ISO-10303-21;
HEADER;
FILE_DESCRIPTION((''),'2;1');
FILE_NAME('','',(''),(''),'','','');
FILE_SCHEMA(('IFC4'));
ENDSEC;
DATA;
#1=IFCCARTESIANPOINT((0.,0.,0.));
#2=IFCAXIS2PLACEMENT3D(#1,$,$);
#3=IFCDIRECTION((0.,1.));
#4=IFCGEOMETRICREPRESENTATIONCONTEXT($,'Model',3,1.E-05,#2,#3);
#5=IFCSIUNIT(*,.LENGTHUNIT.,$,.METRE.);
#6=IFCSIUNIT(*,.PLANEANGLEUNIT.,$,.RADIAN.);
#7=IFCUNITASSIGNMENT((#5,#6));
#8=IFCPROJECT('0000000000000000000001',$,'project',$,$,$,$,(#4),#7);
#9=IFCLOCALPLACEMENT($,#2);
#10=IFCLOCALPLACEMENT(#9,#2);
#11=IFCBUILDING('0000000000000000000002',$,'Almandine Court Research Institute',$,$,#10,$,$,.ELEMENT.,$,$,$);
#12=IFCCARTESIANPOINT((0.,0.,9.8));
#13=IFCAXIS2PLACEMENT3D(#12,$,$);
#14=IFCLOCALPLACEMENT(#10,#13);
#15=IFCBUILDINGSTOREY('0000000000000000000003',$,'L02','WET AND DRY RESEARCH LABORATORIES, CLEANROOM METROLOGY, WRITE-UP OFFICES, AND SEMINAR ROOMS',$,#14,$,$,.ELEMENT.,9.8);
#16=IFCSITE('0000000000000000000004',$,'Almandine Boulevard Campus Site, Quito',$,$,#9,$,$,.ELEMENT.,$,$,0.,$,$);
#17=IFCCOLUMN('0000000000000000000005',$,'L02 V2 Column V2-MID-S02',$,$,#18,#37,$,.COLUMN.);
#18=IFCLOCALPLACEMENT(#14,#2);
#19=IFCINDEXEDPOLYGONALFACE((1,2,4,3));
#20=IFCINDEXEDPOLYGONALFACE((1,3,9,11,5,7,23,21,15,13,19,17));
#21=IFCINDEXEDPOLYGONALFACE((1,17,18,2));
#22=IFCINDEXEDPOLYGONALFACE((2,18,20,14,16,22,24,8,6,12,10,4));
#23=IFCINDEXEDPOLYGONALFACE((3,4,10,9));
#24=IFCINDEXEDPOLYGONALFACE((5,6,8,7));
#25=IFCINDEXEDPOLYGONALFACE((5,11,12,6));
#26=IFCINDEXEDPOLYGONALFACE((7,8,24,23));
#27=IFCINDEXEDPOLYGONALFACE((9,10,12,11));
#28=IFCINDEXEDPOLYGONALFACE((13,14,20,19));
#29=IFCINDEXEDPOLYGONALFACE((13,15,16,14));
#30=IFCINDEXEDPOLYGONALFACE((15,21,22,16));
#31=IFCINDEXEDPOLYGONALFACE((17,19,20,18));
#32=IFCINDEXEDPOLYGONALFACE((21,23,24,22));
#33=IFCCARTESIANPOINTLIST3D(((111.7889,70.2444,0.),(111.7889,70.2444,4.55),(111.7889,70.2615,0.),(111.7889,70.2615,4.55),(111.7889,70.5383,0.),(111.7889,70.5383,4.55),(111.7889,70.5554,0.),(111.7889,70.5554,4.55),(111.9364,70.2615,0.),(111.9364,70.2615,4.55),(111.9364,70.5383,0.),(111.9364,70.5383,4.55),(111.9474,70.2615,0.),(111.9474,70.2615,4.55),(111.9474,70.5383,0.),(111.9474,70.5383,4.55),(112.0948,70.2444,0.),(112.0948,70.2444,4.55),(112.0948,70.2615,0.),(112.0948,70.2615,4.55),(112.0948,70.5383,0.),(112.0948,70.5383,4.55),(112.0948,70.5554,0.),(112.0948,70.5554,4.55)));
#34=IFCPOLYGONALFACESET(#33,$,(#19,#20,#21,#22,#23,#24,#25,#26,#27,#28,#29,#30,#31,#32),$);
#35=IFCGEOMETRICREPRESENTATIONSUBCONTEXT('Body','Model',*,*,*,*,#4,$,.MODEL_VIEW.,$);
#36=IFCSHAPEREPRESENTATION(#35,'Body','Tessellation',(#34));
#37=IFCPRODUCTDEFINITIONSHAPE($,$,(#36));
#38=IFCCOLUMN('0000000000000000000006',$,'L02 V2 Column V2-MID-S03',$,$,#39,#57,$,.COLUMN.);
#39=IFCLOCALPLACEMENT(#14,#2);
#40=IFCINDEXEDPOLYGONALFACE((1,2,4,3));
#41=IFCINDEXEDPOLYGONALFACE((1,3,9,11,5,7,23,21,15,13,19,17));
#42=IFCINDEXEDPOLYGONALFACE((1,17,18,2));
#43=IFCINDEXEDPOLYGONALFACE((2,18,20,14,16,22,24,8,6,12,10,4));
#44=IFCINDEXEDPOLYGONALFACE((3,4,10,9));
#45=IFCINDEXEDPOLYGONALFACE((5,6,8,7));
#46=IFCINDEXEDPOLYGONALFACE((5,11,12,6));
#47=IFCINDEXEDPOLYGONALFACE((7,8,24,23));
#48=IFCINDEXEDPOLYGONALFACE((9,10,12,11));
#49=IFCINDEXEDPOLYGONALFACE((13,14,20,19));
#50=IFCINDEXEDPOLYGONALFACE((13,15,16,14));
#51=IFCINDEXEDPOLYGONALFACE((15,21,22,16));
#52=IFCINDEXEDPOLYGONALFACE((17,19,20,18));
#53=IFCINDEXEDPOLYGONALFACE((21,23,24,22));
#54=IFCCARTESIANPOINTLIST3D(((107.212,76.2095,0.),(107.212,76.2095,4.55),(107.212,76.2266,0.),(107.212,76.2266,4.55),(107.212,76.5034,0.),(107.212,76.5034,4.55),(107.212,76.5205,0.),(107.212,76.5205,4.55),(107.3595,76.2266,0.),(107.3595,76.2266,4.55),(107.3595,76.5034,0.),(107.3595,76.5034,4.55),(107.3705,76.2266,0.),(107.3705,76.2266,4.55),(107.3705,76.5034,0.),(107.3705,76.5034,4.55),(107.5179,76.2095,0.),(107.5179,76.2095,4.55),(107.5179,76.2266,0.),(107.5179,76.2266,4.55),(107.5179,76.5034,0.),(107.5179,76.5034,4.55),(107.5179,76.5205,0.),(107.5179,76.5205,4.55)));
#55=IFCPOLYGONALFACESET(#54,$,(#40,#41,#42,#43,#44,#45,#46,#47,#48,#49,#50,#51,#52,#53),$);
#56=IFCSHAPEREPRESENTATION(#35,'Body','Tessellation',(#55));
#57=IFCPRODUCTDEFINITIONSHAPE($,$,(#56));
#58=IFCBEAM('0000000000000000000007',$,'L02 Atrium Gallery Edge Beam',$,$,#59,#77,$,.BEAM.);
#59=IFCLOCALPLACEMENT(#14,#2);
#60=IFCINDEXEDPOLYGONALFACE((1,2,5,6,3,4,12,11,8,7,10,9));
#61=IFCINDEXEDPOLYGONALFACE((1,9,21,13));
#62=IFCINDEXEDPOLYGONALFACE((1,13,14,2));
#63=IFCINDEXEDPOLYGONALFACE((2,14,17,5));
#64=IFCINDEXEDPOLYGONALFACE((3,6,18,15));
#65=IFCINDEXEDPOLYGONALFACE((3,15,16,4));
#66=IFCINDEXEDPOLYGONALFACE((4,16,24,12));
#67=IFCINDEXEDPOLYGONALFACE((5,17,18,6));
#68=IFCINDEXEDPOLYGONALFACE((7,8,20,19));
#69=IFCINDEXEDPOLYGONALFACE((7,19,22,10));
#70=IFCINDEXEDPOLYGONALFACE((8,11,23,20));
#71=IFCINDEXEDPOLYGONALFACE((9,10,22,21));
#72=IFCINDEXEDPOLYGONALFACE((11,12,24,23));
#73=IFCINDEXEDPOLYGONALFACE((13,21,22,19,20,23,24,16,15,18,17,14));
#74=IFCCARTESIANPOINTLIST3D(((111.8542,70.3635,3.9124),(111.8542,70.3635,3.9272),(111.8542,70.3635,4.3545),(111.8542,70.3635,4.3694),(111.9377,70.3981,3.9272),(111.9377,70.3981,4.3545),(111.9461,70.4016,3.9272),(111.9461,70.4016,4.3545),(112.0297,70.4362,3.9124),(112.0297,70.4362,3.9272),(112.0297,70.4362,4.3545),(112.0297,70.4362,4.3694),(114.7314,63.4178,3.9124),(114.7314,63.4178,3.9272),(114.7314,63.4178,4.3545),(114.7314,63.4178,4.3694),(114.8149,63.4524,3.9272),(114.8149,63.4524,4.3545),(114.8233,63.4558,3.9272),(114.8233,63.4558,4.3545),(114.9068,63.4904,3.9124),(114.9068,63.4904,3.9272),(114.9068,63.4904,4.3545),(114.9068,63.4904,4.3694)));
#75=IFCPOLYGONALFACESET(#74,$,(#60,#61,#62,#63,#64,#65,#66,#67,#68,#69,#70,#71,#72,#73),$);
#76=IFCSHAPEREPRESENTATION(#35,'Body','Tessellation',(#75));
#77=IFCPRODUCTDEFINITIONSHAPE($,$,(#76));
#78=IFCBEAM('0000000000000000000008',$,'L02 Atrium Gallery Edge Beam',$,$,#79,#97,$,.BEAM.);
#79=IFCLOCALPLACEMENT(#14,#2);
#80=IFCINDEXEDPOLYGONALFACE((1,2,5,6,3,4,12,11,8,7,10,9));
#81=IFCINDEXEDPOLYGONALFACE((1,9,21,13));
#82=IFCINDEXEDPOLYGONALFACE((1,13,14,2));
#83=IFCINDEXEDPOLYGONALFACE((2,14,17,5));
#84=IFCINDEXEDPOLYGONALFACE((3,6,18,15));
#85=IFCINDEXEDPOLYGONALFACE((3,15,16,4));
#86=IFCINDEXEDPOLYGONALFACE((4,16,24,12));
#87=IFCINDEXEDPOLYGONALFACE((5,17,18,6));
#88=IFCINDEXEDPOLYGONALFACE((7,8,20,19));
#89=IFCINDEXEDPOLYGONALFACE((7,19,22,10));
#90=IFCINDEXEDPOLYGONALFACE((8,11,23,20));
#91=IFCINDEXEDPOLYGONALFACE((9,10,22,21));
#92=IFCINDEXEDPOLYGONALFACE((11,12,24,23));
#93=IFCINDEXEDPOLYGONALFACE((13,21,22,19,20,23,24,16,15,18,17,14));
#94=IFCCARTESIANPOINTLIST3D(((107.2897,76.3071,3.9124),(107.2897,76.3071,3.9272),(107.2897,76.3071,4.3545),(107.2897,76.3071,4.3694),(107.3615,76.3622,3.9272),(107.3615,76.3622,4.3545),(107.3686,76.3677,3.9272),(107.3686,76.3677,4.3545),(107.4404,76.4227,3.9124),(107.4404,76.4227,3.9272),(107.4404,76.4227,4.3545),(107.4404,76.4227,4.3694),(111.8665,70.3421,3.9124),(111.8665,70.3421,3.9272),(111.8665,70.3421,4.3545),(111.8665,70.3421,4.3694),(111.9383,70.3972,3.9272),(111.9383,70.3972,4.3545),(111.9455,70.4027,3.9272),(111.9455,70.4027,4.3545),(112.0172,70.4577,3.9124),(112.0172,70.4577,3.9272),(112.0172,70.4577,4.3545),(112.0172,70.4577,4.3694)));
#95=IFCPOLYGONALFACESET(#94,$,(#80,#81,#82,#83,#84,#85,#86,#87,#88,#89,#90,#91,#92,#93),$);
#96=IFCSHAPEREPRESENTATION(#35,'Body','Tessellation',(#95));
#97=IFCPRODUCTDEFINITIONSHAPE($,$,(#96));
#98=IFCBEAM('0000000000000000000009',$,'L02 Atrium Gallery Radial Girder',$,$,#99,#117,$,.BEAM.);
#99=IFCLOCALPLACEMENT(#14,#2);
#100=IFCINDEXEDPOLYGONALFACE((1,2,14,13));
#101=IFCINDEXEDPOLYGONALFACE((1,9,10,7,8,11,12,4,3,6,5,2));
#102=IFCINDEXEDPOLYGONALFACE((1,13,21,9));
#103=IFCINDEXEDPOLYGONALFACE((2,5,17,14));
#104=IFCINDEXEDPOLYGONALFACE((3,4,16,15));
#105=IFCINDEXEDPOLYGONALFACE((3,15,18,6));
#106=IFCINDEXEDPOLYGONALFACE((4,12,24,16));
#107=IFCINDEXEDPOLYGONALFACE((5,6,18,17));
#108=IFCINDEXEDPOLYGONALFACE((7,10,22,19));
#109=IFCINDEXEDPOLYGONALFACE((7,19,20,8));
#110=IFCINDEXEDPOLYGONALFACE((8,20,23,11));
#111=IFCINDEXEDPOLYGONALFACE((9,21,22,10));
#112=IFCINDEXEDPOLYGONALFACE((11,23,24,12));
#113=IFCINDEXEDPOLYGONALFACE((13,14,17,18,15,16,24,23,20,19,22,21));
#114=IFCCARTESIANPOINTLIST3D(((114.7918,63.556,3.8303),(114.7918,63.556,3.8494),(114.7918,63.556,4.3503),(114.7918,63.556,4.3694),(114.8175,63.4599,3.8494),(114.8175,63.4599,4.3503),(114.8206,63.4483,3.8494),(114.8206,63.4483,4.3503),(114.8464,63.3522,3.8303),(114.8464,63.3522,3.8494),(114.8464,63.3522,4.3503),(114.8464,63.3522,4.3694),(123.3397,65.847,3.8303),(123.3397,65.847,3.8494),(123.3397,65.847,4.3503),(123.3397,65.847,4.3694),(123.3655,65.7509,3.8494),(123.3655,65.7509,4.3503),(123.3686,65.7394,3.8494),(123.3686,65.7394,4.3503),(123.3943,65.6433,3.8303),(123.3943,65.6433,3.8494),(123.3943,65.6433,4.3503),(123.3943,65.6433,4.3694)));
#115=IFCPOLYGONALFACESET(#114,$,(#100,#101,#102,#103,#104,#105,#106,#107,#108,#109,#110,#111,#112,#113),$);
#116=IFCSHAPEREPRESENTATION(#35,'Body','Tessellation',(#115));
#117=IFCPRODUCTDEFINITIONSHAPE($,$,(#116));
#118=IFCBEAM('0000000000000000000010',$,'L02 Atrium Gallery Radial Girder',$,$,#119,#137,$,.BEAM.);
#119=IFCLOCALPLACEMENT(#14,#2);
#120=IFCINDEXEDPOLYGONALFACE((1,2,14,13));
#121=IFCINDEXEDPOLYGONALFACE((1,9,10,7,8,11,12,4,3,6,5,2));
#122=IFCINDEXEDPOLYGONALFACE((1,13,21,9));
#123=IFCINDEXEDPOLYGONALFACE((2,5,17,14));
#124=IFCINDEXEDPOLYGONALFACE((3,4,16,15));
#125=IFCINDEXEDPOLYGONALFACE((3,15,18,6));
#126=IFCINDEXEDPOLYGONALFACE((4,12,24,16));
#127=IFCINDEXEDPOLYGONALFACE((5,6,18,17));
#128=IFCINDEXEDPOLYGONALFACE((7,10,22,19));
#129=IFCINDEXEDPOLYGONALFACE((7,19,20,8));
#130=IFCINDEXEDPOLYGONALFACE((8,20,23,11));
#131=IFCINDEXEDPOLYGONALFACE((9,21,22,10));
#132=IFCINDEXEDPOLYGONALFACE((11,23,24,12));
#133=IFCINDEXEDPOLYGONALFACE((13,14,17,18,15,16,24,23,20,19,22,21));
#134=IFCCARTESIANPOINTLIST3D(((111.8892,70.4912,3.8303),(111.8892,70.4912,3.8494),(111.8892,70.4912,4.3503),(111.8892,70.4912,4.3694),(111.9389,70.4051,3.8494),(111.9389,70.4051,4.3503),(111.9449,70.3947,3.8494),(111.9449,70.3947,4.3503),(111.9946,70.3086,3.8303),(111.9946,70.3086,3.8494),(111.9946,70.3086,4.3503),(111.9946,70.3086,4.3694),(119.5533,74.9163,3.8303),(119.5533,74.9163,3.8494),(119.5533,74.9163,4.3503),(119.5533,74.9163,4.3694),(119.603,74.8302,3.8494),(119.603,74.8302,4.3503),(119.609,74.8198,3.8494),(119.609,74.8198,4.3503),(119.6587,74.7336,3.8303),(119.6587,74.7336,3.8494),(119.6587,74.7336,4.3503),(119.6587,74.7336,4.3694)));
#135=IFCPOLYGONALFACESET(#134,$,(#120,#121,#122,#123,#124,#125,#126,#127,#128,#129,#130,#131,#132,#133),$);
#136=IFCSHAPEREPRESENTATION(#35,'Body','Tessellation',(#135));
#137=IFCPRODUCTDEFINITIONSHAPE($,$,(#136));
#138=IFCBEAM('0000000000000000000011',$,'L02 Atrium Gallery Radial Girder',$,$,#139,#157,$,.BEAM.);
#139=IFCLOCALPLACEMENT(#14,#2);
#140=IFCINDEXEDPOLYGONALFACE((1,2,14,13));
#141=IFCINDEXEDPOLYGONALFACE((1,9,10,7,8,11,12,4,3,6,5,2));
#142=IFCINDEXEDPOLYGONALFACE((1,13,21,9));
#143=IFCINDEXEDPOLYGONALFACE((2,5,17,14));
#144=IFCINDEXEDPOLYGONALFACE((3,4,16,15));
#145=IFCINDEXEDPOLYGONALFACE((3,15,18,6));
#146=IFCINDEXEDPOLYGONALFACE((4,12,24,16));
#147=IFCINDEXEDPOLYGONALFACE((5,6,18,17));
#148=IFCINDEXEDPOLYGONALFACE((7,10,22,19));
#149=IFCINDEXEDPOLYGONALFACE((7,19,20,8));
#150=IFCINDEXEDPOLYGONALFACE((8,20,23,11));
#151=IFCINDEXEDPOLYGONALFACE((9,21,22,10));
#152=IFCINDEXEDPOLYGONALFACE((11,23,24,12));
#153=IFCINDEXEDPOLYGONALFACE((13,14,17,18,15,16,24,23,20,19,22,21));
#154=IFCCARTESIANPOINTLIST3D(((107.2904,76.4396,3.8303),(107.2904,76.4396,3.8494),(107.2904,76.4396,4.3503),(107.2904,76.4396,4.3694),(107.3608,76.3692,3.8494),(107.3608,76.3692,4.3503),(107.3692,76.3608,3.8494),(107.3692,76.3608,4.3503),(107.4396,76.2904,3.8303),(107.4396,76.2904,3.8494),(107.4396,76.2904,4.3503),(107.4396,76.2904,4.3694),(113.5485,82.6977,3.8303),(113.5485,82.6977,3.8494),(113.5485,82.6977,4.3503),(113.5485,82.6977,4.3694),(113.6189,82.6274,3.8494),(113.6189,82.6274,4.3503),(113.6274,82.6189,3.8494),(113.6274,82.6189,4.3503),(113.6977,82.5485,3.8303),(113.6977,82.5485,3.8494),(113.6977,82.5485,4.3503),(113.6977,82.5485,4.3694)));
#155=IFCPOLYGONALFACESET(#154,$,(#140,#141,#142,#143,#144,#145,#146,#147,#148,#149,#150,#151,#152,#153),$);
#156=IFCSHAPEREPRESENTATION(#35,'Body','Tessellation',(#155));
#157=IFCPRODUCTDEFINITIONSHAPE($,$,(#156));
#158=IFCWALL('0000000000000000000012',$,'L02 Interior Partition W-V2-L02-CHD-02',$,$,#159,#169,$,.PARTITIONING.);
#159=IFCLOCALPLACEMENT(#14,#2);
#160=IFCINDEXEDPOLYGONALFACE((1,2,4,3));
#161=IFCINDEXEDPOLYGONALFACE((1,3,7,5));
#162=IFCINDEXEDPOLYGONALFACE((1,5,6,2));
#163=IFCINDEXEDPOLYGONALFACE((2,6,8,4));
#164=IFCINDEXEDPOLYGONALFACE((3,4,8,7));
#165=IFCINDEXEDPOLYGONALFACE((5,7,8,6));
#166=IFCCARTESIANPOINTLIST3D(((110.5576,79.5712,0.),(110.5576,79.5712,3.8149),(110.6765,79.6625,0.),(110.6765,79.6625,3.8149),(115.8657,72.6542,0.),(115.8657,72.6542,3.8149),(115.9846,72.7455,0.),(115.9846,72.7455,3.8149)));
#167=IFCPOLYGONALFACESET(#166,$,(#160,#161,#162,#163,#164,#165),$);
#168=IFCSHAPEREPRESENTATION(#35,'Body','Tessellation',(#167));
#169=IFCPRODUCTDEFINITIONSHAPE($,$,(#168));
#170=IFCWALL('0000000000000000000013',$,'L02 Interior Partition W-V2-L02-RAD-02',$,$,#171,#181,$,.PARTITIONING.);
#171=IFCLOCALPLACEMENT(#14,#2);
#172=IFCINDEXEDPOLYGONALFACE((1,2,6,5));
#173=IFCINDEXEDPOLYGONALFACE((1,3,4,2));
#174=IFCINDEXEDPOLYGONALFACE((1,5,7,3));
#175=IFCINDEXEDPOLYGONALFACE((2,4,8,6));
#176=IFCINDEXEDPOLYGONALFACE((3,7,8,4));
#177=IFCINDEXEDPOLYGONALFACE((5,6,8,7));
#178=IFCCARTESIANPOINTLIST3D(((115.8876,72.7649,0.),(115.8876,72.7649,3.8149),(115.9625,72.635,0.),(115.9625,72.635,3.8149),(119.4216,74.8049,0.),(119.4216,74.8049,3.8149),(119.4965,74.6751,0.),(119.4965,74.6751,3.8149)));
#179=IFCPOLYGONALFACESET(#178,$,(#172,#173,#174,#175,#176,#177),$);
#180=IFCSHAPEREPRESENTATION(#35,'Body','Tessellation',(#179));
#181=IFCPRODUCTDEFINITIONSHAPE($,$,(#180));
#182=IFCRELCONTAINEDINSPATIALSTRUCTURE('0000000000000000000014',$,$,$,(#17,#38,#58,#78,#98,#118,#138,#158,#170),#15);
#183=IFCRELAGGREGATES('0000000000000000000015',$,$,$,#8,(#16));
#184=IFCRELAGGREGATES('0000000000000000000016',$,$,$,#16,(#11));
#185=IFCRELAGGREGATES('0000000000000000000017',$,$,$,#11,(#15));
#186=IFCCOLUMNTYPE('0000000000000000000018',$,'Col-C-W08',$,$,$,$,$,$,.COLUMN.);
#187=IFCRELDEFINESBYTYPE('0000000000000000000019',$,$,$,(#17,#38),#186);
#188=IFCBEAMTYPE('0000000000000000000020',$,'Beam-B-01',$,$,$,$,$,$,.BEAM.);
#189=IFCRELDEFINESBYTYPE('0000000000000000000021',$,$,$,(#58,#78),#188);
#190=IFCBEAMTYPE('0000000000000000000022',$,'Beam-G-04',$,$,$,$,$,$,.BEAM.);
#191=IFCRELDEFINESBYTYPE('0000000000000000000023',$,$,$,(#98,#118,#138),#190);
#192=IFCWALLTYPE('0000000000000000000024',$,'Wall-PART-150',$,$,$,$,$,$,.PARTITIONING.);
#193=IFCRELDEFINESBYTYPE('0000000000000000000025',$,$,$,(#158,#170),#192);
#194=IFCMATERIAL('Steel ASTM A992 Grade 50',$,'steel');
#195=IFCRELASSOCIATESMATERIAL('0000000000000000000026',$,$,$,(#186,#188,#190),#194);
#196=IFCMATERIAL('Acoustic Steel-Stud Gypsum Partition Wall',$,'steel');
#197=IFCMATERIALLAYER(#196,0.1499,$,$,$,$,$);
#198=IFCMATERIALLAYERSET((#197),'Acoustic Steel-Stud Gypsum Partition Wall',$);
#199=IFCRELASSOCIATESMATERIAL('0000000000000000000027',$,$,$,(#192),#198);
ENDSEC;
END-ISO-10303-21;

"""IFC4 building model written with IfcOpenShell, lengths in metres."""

from ifc_helpers import new_model, si_unit, direction, frame, frame_2d, origin, origin_2d, place, context, subcontext, project, spatial, rectangle, i_section, extrude, material, layer, layer_set, material_profile, profile_set, type_object, element, save


model = new_model("IFC4")

# Units and contexts
model_context = context("Model", 3, precision=1e-05, world=origin(), true_north=direction((0.0, 1.0)))
body_context = subcontext(model_context, "Body", "Model", "MODEL_VIEW")
ifc_project = project(units=[si_unit("LENGTHUNIT", "METRE"), si_unit("PLANEANGLEUNIT", "RADIAN")], contexts=[model_context])

# Site, building, storey
site_placement = place(None, origin())
site = spatial("IfcSite", under=ifc_project, at=site_placement, Name="Almandine Boulevard Campus Site, Quito", CompositionType="ELEMENT", RefElevation=0.0)
building_placement = place(site_placement, origin())
building = spatial("IfcBuilding", under=site, at=building_placement, Name="Almandine Court Research Institute", CompositionType="ELEMENT")
storey_placement = place(building_placement, frame((0.0, 0.0, 9.8)))
storey = spatial("IfcBuildingStorey", under=building, at=storey_placement, Name="L02", Description="WET AND DRY RESEARCH LABORATORIES, CLEANROOM METROLOGY, WRITE-UP OFFICES, AND SEMINAR ROOMS", CompositionType="ELEMENT", Elevation=9.8)

# Columns
ifc_material_1 = material(Name="Steel ASTM A992 Grade 50", Category="steel")
ifc_material_profile_1 = material_profile(ifc_material_1, i_section(OverallWidth=0.3059, OverallDepth=0.311, WebThickness=0.011, FlangeThickness=0.0171, at=origin_2d()), Name="W310x107")
ifc_profile_set_1 = profile_set([ifc_material_profile_1], Name="Steel ASTM A992 Grade 50")
column_type = type_object("IfcColumnType", Name="Col-C-W08", PredefinedType="COLUMN", material=ifc_profile_set_1)
for number, where, z_axis, x_axis, name in (
    (1, (111.9419, 70.3999, 0.0), (0.0, 0.0, 1.0), (1.0, 0.0, 0.0), "L02 V2 Column V2-MID-S02"),
    (2, (107.365, 76.365, 0.0), (0.0, 0.0, 1.0), (1.0, 0.0, 0.0), "L02 V2 Column V2-MID-S03"),
):
    element("IfcColumn", number, at=place(storey_placement, frame(where, z_axis=z_axis, x_axis=x_axis)), inside=storey, type_object=column_type, Name=name, PredefinedType="COLUMN", context=body_context, shape_type="SweptSolid", body=[
        extrude(i_section(OverallWidth=0.3059, OverallDepth=0.311, WebThickness=0.011, FlangeThickness=0.0171, at=origin_2d()), origin(), (0.0, 0.0, 1.0), 4.55),
    ])

# Beams
ifc_material_profile_2 = material_profile(ifc_material_1, i_section(OverallWidth=0.1899, OverallDepth=0.457, WebThickness=0.009, FlangeThickness=0.0149, at=origin_2d()), Name="W460x74")
ifc_profile_set_2 = profile_set([ifc_material_profile_2], Name="Steel ASTM A992 Grade 50")
beam_type_1 = type_object("IfcBeamType", Name="Beam-B-01", PredefinedType="BEAM", material=ifc_profile_set_2)
beam_1_placement = place(storey_placement, frame((114.8191, 63.4541, 4.1409), z_axis=(-0.382701, 0.923872, 0.0), x_axis=(-0.923872, -0.382701, 0.0)))
element("IfcBeam", 3, at=beam_1_placement, inside=storey, type_object=beam_type_1, Name="L02 Atrium Gallery Edge Beam", PredefinedType="BEAM", context=body_context, shape_type="SweptSolid", body=[
    extrude(i_section(OverallWidth=0.1899, OverallDepth=0.457, WebThickness=0.009, FlangeThickness=0.0149, at=origin_2d()), origin(), (0.0, 0.0, 1.0), 7.5181),
])
beam_2_placement = place(storey_placement, frame((111.9419, 70.3999, 4.1409), z_axis=(-0.608739, 0.793371, 0.0), x_axis=(-0.793371, -0.608739, 0.0)))
element("IfcBeam", 4, at=beam_2_placement, inside=storey, type_object=beam_type_1, Name="L02 Atrium Gallery Edge Beam", PredefinedType="BEAM", context=body_context, shape_type="SweptSolid", body=[
    extrude(i_section(OverallWidth=0.1899, OverallDepth=0.457, WebThickness=0.009, FlangeThickness=0.0149, at=origin_2d()), origin(), (0.0, 0.0, 1.0), 7.5186),
])
ifc_material_profile_3 = material_profile(ifc_material_1, i_section(OverallWidth=0.2109, OverallDepth=0.5391, WebThickness=0.012, FlangeThickness=0.019, at=origin_2d()), Name="W530x109")
ifc_profile_set_3 = profile_set([ifc_material_profile_3], Name="Steel ASTM A992 Grade 50")
beam_type_2 = type_object("IfcBeamType", Name="Beam-G-04", PredefinedType="BEAM", material=ifc_profile_set_3)
beam_3_placement = place(storey_placement, frame((114.8191, 63.4541, 4.0999), z_axis=(0.965908, 0.258885, 0.0), x_axis=(-0.258885, 0.965908, 0.0)))
element("IfcBeam", 5, at=beam_3_placement, inside=storey, type_object=beam_type_2, Name="L02 Atrium Gallery Radial Girder", PredefinedType="BEAM", context=body_context, shape_type="SweptSolid", body=[
    extrude(i_section(OverallWidth=0.2109, OverallDepth=0.5391, WebThickness=0.012, FlangeThickness=0.019, at=origin_2d()), origin(), (0.0, 0.0, 1.0), 8.8496),
])
beam_4_placement = place(storey_placement, frame((111.9419, 70.3999, 4.0999), z_axis=(0.866016, 0.500017, 0.0), x_axis=(-0.500017, 0.866016, 0.0)))
element("IfcBeam", 6, at=beam_4_placement, inside=storey, type_object=beam_type_2, Name="L02 Atrium Gallery Radial Girder", PredefinedType="BEAM", context=body_context, shape_type="SweptSolid", body=[
    extrude(i_section(OverallWidth=0.2109, OverallDepth=0.5391, WebThickness=0.012, FlangeThickness=0.019, at=origin_2d()), origin(), (0.0, 0.0, 1.0), 8.8499),
])
beam_5_placement = place(storey_placement, frame((107.365, 76.365, 4.0999), z_axis=(0.707107, 0.707107, 0.0), x_axis=(-0.707107, 0.707107, 0.0)))
element("IfcBeam", 7, at=beam_5_placement, inside=storey, type_object=beam_type_2, Name="L02 Atrium Gallery Radial Girder", PredefinedType="BEAM", context=body_context, shape_type="SweptSolid", body=[
    extrude(i_section(OverallWidth=0.2109, OverallDepth=0.5391, WebThickness=0.012, FlangeThickness=0.019, at=origin_2d()), origin(), (0.0, 0.0, 1.0), 8.8503),
])

# Walls
ifc_material_2 = material(Name="Acoustic Steel-Stud Gypsum Partition Wall", Category="steel")
ifc_layer = layer(ifc_material_2, 0.1499)
ifc_layer_set = layer_set([ifc_layer], Name="Acoustic Steel-Stud Gypsum Partition Wall")
wall_type = type_object("IfcWallType", Name="Wall-PART-150", PredefinedType="PARTITIONING", material=ifc_layer_set)
wall_1_placement = place(storey_placement, frame((115.925, 72.7, 0.0), z_axis=(0.0, 0.0, 1.0), x_axis=(-0.608798, 0.793325, 0.0)))
element("IfcWall", 8, at=wall_1_placement, inside=storey, type_object=wall_type, Name="L02 Interior Partition W-V2-L02-CHD-02", PredefinedType="PARTITIONING", context=body_context, shape_type="SweptSolid", body=[
    extrude(rectangle(XDim=8.719, YDim=0.1499, at=frame_2d((4.3594, 0.0))), origin(), (0.0, 0.0, 1.0), 3.8149),
])
wall_2_placement = place(storey_placement, frame((115.925, 72.7, 0.0), z_axis=(0.0, 0.0, 1.0), x_axis=(0.866055, 0.499949, 0.0)))
element("IfcWall", 9, at=wall_2_placement, inside=storey, type_object=wall_type, Name="L02 Interior Partition W-V2-L02-RAD-02", PredefinedType="PARTITIONING", context=body_context, shape_type="SweptSolid", body=[
    extrude(rectangle(XDim=4.0806, YDim=0.1499, at=frame_2d((2.0403, 0.0))), origin(), (0.0, 0.0, 1.0), 3.8149),
])

save(model, "model.ifc")
